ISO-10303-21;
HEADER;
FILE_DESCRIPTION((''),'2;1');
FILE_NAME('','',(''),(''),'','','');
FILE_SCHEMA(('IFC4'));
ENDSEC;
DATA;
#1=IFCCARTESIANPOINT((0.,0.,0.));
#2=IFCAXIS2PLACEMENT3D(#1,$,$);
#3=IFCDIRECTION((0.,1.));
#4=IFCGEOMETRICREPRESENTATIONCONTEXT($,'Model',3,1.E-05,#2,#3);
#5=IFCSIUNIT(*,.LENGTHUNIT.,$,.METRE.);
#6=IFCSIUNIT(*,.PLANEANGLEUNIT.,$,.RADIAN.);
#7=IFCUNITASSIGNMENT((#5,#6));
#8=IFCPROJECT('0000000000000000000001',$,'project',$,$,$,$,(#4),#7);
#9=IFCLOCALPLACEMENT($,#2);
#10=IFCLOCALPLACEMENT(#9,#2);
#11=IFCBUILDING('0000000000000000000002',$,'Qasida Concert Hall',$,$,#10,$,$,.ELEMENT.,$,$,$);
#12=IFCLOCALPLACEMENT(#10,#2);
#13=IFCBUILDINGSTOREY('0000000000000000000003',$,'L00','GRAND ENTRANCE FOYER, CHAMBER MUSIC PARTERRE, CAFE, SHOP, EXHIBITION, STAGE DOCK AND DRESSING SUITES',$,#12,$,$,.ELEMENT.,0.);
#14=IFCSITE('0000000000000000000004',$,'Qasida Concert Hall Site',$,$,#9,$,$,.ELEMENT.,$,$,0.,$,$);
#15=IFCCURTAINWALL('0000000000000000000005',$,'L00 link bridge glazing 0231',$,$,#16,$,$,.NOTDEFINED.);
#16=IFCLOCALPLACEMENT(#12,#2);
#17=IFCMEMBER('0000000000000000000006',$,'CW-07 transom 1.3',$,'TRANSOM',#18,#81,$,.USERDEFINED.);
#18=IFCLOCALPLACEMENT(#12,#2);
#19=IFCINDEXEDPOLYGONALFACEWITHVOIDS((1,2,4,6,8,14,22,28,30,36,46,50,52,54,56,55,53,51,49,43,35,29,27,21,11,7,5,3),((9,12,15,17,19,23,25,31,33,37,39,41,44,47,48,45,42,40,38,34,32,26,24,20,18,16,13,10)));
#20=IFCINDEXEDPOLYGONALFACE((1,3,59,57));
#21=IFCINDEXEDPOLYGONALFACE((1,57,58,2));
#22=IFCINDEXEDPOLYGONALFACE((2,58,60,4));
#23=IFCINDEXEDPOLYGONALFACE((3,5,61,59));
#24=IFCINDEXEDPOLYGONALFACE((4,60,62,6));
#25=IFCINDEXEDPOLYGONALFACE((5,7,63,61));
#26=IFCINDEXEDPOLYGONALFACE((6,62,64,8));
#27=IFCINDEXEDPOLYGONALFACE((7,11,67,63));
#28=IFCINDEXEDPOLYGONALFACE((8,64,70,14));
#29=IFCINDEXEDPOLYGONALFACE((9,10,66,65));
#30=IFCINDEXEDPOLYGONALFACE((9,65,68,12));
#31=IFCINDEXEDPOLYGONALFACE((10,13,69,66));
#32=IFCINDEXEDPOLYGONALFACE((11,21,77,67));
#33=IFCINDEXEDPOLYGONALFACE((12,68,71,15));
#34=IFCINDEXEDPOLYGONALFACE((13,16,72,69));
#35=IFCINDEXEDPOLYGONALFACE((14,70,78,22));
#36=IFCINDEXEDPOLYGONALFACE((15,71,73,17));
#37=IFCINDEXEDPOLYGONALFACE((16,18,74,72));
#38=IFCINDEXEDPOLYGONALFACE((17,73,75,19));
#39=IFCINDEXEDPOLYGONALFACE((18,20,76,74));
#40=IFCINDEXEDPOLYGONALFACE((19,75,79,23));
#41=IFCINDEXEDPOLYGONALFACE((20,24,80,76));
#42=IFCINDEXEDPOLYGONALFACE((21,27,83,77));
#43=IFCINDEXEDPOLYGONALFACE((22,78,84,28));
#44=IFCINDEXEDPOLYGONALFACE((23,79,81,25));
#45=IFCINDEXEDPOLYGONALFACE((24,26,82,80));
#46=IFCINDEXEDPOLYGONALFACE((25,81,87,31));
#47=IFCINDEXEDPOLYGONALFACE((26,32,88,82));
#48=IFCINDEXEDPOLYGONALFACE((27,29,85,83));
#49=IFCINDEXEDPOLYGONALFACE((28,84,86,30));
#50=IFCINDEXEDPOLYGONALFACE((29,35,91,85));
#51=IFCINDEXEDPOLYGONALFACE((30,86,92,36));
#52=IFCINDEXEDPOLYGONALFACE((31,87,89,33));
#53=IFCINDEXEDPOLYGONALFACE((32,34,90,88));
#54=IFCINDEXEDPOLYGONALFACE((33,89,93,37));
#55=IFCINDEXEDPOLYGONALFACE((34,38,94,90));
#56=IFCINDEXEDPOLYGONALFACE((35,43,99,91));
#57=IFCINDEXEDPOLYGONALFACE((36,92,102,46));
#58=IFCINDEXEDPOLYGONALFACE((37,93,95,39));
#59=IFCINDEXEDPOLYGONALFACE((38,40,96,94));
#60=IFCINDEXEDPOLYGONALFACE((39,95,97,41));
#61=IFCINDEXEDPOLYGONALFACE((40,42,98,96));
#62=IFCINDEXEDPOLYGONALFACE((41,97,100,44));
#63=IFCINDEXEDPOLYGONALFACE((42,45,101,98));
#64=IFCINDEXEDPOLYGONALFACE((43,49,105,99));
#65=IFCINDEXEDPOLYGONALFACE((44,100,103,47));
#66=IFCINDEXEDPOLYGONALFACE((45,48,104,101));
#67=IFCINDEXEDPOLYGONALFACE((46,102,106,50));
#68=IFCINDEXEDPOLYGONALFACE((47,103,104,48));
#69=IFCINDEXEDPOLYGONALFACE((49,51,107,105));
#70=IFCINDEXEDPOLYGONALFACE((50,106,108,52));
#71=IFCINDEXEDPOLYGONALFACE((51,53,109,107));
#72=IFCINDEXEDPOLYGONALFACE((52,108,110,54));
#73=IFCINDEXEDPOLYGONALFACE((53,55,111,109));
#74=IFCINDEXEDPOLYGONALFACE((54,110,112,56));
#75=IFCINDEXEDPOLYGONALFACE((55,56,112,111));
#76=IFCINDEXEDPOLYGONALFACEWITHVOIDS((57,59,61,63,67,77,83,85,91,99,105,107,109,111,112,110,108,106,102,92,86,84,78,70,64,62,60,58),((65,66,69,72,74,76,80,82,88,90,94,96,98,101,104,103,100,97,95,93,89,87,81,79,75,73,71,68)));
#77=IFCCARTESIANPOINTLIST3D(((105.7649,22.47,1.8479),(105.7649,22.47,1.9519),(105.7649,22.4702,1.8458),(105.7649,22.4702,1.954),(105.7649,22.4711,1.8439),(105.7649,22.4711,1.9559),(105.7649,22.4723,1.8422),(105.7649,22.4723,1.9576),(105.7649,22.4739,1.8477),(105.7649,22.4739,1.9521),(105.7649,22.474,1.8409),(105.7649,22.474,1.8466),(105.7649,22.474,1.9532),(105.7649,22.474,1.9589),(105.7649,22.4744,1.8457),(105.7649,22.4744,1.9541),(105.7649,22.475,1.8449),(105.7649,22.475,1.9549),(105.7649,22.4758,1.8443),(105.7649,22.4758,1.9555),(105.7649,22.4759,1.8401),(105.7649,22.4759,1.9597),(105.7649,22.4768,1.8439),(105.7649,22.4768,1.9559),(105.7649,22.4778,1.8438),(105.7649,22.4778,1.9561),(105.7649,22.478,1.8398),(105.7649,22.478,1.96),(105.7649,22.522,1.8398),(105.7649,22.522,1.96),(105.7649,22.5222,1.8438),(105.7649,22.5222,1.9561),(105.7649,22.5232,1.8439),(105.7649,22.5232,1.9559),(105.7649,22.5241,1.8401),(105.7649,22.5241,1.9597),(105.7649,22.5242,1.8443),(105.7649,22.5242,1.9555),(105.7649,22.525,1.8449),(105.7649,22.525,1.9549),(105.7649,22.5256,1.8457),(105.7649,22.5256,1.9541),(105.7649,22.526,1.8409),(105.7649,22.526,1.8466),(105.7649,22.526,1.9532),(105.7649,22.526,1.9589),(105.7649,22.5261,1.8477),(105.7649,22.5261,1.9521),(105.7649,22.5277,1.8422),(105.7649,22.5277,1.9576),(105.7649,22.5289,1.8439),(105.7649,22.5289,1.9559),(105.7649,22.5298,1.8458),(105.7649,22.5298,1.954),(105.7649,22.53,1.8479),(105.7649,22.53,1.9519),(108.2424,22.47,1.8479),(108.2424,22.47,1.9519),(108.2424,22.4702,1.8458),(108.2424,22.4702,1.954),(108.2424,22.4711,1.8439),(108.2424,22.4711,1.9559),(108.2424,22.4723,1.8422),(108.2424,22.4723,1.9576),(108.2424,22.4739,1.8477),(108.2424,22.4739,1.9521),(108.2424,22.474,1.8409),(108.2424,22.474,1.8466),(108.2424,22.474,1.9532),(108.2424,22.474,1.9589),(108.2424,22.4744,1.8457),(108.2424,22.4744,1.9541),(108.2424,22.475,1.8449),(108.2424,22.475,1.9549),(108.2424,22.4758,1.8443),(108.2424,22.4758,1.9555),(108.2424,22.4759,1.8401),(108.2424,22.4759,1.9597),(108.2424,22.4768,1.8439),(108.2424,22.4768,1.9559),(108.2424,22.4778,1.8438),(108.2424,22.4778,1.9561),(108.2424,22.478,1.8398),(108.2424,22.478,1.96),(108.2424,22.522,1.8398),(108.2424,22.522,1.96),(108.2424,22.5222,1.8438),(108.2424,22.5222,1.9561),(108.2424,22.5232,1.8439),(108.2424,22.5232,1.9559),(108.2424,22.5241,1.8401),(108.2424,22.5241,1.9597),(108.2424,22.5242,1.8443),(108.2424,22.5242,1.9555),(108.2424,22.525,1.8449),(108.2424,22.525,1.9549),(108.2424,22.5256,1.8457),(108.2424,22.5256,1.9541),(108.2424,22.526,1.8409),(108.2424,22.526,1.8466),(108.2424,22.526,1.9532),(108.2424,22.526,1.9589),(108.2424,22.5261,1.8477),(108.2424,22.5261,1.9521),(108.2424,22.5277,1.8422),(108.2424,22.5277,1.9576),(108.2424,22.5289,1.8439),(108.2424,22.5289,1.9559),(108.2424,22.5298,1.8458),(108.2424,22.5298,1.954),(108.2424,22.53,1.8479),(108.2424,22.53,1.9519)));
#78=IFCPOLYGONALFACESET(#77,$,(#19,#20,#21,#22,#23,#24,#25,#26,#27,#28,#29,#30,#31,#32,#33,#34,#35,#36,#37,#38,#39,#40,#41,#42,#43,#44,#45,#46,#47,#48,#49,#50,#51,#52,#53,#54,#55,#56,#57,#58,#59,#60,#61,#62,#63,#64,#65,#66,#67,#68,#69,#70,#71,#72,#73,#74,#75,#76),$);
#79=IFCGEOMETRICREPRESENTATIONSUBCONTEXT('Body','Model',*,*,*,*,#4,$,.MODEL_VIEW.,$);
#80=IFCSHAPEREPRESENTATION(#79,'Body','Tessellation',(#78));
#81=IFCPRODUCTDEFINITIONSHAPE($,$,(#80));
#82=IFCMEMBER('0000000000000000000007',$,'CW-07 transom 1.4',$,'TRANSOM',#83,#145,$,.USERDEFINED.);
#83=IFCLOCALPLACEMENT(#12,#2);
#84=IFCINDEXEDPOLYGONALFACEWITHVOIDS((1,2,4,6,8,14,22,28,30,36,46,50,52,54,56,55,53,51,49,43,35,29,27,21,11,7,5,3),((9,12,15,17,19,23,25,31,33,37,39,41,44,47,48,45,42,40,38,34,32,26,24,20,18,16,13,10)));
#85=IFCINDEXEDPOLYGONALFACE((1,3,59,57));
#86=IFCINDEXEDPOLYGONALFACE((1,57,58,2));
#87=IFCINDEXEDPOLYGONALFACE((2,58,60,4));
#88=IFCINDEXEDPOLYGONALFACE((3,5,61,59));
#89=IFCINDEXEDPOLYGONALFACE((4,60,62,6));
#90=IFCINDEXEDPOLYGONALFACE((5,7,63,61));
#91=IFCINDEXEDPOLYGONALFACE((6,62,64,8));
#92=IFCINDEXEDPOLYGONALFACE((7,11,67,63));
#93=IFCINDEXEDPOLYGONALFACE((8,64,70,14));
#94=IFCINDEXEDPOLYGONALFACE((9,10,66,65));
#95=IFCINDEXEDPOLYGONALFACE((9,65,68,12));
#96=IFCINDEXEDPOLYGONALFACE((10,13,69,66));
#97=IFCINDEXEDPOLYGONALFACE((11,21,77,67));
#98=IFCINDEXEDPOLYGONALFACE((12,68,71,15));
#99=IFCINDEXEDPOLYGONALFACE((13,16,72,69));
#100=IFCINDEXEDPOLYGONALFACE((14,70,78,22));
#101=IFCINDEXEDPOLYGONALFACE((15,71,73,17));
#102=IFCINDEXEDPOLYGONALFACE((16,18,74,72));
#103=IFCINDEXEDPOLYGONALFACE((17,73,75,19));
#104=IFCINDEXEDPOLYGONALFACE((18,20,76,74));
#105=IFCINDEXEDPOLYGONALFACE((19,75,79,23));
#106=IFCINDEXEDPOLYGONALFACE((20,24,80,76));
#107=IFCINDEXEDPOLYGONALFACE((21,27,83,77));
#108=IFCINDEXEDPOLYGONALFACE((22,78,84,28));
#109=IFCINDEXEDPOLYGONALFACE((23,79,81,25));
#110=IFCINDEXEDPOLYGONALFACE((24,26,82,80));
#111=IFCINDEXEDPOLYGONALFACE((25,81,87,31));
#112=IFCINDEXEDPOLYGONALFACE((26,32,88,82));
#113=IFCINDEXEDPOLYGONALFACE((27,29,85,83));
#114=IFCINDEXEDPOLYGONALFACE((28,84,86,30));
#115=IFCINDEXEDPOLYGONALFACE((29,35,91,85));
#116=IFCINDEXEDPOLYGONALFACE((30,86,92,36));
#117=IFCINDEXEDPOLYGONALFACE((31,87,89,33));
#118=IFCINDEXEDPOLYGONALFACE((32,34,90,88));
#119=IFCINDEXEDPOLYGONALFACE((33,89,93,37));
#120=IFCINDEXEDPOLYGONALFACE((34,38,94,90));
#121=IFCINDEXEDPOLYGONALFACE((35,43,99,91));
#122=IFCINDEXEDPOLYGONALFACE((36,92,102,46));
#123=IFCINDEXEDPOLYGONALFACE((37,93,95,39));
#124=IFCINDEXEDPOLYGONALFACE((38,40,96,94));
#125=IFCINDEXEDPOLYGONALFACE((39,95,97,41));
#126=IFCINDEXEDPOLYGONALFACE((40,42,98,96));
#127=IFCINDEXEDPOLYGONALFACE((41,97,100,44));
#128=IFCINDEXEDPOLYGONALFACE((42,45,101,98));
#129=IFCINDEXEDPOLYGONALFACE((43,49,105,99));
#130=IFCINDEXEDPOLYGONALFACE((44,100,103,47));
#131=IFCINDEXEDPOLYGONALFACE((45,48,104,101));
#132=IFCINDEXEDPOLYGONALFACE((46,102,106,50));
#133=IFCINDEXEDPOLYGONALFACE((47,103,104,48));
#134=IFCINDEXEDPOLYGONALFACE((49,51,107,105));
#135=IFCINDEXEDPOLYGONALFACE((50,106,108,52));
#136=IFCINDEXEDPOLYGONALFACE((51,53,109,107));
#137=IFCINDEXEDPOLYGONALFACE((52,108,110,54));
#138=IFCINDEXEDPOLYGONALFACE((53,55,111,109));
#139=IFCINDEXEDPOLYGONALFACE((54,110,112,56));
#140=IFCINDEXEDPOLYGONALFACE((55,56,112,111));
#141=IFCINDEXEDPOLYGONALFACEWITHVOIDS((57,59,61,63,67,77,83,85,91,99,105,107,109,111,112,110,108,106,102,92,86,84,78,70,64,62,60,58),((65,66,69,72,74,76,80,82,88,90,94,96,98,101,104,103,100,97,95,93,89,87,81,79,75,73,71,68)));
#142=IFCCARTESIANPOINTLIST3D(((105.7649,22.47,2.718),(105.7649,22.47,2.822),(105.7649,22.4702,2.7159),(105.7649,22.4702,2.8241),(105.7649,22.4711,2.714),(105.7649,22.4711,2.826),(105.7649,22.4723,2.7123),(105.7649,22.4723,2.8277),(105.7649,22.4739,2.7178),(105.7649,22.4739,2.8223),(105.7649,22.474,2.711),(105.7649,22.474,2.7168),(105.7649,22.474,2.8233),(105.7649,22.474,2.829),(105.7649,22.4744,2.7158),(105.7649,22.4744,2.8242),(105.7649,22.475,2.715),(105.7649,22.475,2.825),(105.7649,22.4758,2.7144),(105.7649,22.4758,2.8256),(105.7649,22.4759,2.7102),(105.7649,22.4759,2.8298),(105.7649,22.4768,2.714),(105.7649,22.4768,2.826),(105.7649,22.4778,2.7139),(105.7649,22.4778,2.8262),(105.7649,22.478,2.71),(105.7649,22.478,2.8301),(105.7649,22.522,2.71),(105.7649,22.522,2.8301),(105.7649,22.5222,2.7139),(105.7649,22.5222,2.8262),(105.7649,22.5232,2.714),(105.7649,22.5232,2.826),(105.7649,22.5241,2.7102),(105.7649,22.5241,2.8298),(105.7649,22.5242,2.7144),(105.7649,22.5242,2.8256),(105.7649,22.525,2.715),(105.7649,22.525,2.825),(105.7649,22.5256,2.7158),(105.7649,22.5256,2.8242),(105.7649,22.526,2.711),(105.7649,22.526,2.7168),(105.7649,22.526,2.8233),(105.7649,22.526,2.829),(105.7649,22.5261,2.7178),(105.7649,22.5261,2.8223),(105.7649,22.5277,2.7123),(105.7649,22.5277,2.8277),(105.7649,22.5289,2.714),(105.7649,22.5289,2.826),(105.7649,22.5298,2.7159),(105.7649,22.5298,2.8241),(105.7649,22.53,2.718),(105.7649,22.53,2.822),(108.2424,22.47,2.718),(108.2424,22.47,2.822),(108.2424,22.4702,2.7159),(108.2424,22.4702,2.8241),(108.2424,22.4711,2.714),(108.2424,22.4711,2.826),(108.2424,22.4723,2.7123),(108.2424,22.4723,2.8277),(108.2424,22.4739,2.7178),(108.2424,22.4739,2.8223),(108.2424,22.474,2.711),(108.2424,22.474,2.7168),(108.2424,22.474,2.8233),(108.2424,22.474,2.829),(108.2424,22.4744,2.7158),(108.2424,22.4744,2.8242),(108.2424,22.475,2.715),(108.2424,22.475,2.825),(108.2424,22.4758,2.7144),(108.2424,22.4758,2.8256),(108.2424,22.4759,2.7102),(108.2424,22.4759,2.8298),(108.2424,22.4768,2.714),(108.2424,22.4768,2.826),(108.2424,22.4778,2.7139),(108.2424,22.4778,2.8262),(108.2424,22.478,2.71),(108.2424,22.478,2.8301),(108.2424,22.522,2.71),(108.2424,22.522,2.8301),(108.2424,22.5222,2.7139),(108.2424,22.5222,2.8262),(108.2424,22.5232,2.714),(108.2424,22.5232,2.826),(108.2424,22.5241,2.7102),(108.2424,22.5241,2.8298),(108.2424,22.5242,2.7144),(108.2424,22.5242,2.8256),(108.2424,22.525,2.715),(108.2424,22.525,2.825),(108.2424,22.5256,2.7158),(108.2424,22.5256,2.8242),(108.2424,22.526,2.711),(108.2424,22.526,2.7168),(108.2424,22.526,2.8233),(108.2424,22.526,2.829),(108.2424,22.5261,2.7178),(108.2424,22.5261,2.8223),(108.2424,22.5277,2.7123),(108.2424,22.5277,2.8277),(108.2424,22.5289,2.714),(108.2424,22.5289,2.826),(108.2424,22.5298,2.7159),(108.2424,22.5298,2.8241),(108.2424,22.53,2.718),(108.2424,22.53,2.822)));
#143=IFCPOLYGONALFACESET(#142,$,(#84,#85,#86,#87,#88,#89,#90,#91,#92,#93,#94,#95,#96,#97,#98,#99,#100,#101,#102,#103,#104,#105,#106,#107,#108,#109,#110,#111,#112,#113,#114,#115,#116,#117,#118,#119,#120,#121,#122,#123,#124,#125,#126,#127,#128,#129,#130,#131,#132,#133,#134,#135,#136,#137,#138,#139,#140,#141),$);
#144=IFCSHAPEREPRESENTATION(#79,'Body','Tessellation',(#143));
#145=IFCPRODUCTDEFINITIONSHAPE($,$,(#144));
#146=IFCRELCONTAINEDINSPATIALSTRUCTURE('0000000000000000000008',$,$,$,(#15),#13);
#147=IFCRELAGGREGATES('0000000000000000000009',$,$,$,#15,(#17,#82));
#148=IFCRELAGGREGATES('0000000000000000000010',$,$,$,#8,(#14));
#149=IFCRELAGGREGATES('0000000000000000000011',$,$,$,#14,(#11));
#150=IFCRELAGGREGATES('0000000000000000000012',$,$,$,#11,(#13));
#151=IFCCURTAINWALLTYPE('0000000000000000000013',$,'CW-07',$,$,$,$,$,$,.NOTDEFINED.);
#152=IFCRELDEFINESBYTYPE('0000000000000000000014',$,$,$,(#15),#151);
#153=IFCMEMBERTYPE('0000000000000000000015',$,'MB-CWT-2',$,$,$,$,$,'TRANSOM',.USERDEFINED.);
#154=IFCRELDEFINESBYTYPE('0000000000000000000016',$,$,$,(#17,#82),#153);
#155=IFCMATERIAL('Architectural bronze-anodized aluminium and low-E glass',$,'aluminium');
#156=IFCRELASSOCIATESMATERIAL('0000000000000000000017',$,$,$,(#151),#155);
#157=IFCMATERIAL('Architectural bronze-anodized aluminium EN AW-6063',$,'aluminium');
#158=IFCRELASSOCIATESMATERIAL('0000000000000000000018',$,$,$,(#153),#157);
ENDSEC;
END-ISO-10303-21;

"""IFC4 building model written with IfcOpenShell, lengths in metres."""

from ifc_helpers import new_model, si_unit, direction, frame, origin, origin_2d, place, context, subcontext, project, spatial, hollow_rectangle, extrude, material, material_profile, profile_set, type_object, element, aggregate, save


model = new_model("IFC4")

# Units and contexts
model_context = context("Model", 3, precision=1e-05, world=origin(), true_north=direction((0.0, 1.0)))
body_context = subcontext(model_context, "Body", "Model", "MODEL_VIEW")
ifc_project = project(units=[si_unit("LENGTHUNIT", "METRE"), si_unit("PLANEANGLEUNIT", "RADIAN")], contexts=[model_context])

# Site, building, storey
site_placement = place(None, origin())
site = spatial("IfcSite", under=ifc_project, at=site_placement, Name="Qasida Concert Hall Site", CompositionType="ELEMENT", RefElevation=0.0)
building_placement = place(site_placement, origin())
building = spatial("IfcBuilding", under=site, at=building_placement, Name="Qasida Concert Hall", CompositionType="ELEMENT")
storey_placement = place(building_placement, origin())
storey = spatial("IfcBuildingStorey", under=building, at=storey_placement, Name="L00", Description="GRAND ENTRANCE FOYER, CHAMBER MUSIC PARTERRE, CAFE, SHOP, EXHIBITION, STAGE DOCK AND DRESSING SUITES", CompositionType="ELEMENT", Elevation=0.0)

# Curtain wall, members
ifc_material_1 = material(Name="Architectural bronze-anodized aluminium and low-E glass", Category="aluminium")
curtain_wall_type = type_object("IfcCurtainWallType", Name="CW-07", PredefinedType="NOTDEFINED", material=ifc_material_1)
curtain_wall_1_placement = place(storey_placement, origin())
curtain_wall_1 = element("IfcCurtainWall", 1, at=curtain_wall_1_placement, inside=storey, type_object=curtain_wall_type, Name="L00 link bridge glazing 0231", PredefinedType="NOTDEFINED")
ifc_material_2 = material(Name="Architectural bronze-anodized aluminium EN AW-6063", Category="aluminium")
ifc_material_profile_1 = material_profile(ifc_material_2, hollow_rectangle(XDim=0.0601, YDim=0.1201, WallThickness=0.0039, InnerFilletRadius=0.0039, OuterFilletRadius=0.0081, at=origin_2d()), Name="CWT 120x60x4")
ifc_profile_set_1 = profile_set([ifc_material_profile_1], Name="Architectural bronze-anodized aluminium EN AW-6063")
member_type_1 = type_object("IfcMemberType", Name="MB-CWT-2", ElementType="TRANSOM", PredefinedType="USERDEFINED", material=ifc_profile_set_1)
member_1_placement = place(storey_placement, frame((105.7649, 22.5, 1.8999), z_axis=(1.0, 0.0, 0.0), x_axis=(0.0, 1.0, 0.0)))
member_1 = element("IfcMember", 2, at=member_1_placement, type_object=member_type_1, Name="CW-07 transom 1.3", ObjectType="TRANSOM", PredefinedType="USERDEFINED", context=body_context, shape_type="SweptSolid", body=[
    extrude(hollow_rectangle(XDim=0.0601, YDim=0.1201, WallThickness=0.0039, InnerFilletRadius=0.0039, OuterFilletRadius=0.0081, at=origin_2d()), origin(), (0.0, 0.0, 1.0), 2.4775),
])
member_2_placement = place(storey_placement, frame((105.7649, 22.5, 2.77), z_axis=(1.0, 0.0, 0.0), x_axis=(0.0, 1.0, 0.0)))
member_2 = element("IfcMember", 3, at=member_2_placement, type_object=member_type_1, Name="CW-07 transom 1.4", ObjectType="TRANSOM", PredefinedType="USERDEFINED", context=body_context, shape_type="SweptSolid", body=[
    extrude(hollow_rectangle(XDim=0.0601, YDim=0.1201, WallThickness=0.0039, InnerFilletRadius=0.0039, OuterFilletRadius=0.0081, at=origin_2d()), origin(), (0.0, 0.0, 1.0), 2.4775),
])

aggregate(curtain_wall_1, [member_1, member_2])

save(model, "model.ifc")
